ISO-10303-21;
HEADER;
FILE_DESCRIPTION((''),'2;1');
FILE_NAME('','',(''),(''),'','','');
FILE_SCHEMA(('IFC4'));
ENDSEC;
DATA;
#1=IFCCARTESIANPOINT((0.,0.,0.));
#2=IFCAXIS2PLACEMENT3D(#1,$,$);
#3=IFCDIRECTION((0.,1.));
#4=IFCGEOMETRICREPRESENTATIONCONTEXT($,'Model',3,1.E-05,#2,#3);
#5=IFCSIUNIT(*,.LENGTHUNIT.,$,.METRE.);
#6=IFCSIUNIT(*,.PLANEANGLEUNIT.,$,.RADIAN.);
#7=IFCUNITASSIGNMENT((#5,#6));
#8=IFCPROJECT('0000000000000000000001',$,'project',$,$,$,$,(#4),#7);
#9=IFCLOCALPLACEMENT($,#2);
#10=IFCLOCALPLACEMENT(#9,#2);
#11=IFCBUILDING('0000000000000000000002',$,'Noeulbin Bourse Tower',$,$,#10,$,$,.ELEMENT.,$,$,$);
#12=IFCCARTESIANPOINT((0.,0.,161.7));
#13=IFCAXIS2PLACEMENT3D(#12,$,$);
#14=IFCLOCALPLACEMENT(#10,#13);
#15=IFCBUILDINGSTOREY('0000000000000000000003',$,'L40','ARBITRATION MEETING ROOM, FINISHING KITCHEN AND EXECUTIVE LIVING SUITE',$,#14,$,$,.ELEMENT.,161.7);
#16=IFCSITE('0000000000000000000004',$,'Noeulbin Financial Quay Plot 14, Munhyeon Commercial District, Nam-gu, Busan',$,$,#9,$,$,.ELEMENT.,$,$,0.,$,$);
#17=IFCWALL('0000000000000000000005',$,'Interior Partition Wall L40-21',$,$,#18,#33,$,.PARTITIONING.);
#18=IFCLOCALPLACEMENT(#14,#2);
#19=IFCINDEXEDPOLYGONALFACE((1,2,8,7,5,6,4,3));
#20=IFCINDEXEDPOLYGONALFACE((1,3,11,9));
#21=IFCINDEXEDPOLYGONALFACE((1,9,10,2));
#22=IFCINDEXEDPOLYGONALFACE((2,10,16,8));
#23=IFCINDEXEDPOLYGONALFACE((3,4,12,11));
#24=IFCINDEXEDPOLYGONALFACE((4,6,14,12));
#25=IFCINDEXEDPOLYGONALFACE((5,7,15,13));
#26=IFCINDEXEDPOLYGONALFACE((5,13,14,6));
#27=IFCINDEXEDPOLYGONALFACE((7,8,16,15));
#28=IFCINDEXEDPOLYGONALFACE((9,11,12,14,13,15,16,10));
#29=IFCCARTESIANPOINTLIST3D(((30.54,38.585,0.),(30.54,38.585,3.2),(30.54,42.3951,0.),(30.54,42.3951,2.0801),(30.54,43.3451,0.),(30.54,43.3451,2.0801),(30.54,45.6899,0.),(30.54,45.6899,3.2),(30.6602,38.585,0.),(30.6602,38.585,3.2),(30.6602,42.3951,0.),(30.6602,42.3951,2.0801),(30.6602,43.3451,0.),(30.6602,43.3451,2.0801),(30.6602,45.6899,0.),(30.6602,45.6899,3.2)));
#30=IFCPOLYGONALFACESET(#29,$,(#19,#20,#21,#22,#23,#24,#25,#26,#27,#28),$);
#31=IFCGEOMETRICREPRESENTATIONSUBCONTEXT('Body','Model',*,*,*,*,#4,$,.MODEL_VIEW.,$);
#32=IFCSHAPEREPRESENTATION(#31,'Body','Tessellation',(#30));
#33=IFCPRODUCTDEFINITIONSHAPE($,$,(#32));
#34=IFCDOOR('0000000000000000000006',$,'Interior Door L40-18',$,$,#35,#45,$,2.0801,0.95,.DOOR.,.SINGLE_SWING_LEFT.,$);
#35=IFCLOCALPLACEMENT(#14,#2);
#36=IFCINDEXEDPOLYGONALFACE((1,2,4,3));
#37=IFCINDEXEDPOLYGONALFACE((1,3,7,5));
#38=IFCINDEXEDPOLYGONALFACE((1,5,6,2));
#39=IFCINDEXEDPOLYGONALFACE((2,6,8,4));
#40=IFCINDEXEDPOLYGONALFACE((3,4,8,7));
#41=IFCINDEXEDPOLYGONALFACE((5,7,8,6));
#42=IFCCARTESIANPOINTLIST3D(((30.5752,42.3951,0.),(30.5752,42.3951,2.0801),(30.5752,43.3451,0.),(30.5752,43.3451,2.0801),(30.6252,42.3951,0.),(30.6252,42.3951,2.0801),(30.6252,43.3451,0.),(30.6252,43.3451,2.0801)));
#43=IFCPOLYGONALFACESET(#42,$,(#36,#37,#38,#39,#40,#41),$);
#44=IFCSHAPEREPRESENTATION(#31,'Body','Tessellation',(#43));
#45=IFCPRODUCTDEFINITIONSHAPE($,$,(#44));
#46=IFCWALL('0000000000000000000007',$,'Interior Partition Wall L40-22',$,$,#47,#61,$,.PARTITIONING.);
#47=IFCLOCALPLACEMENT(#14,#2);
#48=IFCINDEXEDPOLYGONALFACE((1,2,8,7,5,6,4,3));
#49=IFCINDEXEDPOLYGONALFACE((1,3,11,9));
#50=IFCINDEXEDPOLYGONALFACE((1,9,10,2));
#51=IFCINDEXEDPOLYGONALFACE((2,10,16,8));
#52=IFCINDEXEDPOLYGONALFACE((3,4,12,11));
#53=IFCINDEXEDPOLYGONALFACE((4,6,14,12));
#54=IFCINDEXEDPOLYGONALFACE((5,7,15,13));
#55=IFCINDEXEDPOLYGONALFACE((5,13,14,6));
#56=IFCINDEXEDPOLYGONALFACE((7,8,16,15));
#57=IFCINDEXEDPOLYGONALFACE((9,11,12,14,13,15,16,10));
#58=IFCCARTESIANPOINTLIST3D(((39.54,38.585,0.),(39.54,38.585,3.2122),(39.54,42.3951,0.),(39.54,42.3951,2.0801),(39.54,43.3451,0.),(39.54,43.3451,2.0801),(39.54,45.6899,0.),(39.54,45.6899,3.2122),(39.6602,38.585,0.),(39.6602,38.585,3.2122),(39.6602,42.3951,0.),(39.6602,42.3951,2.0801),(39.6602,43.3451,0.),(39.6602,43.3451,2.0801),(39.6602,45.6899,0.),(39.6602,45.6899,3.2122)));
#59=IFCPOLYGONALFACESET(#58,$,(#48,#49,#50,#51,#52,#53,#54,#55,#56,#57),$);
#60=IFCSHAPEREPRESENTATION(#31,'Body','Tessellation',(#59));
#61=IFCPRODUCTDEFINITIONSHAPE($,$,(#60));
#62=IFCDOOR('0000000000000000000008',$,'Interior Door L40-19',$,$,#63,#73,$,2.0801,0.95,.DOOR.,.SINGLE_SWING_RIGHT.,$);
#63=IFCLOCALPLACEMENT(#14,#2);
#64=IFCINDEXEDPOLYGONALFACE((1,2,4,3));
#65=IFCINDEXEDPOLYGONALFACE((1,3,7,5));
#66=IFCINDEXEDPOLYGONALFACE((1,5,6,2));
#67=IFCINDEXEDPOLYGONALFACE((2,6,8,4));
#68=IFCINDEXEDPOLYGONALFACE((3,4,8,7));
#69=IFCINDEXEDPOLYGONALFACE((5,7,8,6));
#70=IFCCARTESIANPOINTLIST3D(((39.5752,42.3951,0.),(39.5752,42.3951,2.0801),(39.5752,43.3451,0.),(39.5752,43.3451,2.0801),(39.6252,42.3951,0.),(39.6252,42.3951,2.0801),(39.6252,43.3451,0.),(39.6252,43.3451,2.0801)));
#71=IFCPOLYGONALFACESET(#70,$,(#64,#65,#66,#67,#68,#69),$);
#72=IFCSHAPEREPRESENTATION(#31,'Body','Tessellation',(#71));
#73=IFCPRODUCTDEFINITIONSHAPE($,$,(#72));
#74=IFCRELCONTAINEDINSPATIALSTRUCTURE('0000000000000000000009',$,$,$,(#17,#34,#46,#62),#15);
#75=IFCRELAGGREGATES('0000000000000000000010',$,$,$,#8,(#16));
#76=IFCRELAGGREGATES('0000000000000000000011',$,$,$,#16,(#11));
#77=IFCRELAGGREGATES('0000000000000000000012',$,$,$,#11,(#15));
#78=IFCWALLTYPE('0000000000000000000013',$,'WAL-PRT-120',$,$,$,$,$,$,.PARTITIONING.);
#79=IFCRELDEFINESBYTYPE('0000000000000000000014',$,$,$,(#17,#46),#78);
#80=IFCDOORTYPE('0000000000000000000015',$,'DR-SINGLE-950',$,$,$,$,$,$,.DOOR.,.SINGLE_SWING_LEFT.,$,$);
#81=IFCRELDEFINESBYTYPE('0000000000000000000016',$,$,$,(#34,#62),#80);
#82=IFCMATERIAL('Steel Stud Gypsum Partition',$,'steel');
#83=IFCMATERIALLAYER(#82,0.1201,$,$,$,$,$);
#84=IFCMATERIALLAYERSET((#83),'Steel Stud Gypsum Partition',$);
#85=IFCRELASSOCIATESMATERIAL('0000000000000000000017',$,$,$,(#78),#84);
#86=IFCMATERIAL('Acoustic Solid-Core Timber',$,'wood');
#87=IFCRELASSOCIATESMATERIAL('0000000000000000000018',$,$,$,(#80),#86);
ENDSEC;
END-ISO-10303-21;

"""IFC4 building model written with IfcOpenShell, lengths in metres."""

from ifc_helpers import new_model, si_unit, direction, frame, frame_2d, origin, place, context, subcontext, project, spatial, rectangle, extrude, material, layer, layer_set, type_object, element, fill, save


model = new_model("IFC4")

# Units and contexts
model_context = context("Model", 3, precision=1e-05, world=origin(), true_north=direction((0.0, 1.0)))
body_context = subcontext(model_context, "Body", "Model", "MODEL_VIEW")
ifc_project = project(units=[si_unit("LENGTHUNIT", "METRE"), si_unit("PLANEANGLEUNIT", "RADIAN")], contexts=[model_context])

# Site, building, storey
site_placement = place(None, origin())
site = spatial("IfcSite", under=ifc_project, at=site_placement, Name="Noeulbin Financial Quay Plot 14, Munhyeon Commercial District, Nam-gu, Busan", CompositionType="ELEMENT", RefElevation=0.0)
building_placement = place(site_placement, origin())
building = spatial("IfcBuilding", under=site, at=building_placement, Name="Noeulbin Bourse Tower", CompositionType="ELEMENT")
storey_placement = place(building_placement, frame((0.0, 0.0, 161.7)))
storey = spatial("IfcBuildingStorey", under=building, at=storey_placement, Name="L40", Description="ARBITRATION MEETING ROOM, FINISHING KITCHEN AND EXECUTIVE LIVING SUITE", CompositionType="ELEMENT", Elevation=161.7)

# Walls, openings, doors
ifc_material_1 = material(Name="Steel Stud Gypsum Partition", Category="steel")
ifc_layer_1 = layer(ifc_material_1, 0.1201)
ifc_layer_set_1 = layer_set([ifc_layer_1], Name="Steel Stud Gypsum Partition")
wall_type = type_object("IfcWallType", Name="WAL-PRT-120", PredefinedType="PARTITIONING", material=ifc_layer_set_1)
wall_1_placement = place(storey_placement, frame((30.6001, 38.585, 0.0), z_axis=(0.0, 0.0, 1.0), x_axis=(0.0, 1.0, 0.0)))
wall_1 = element("IfcWall", 1, at=wall_1_placement, inside=storey, type_object=wall_type, Name="Interior Partition Wall L40-21", PredefinedType="PARTITIONING", context=body_context, shape_type="SweptSolid", body=[
    extrude(rectangle(XDim=7.105, YDim=0.1201, at=frame_2d((3.5525, 0.0))), origin(), (0.0, 0.0, 1.0), 3.2),
])
opening_1_placement = place(wall_1_placement, frame((3.8101, 0.0, 0.0)))
opening_1 = element("IfcOpeningElement", 2, at=opening_1_placement, cuts=wall_1, PredefinedType="OPENING", context=body_context, shape_type="SweptSolid", body=[
    extrude(rectangle(XDim=0.95, YDim=2.0801, at=frame_2d((0.4751, 1.04))), frame((0.0, 0.0701, 0.0), z_axis=(0.0, -1.0, 0.0), x_axis=(1.0, 0.0, 0.0)), (0.0, 0.0, 1.0), 0.1401),
])
ifc_material_2 = material(Name="Acoustic Solid-Core Timber", Category="wood")
door_type = type_object("IfcDoorType", Name="DR-SINGLE-950", OperationType="SINGLE_SWING_LEFT", PredefinedType="DOOR", material=ifc_material_2)
door_1_placement = place(opening_1_placement, origin())
door_1 = element("IfcDoor", 3, at=door_1_placement, inside=storey, type_object=door_type, Name="Interior Door L40-18", OperationType="SINGLE_SWING_LEFT", OverallHeight=2.0801, OverallWidth=0.95, PredefinedType="DOOR", context=body_context, shape_type="SweptSolid", body=[
    extrude(rectangle(XDim=0.95, YDim=2.0801, at=frame_2d((0.4751, 1.04))), frame((0.0, 0.0249, 0.0), z_axis=(0.0, -1.0, 0.0), x_axis=(1.0, 0.0, 0.0)), (0.0, 0.0, 1.0), 0.05),
])
fill(opening_1, door_1)
wall_2_placement = place(storey_placement, frame((39.6001, 38.585, 0.0), z_axis=(0.0, 0.0, 1.0), x_axis=(0.0, 1.0, 0.0)))
wall_2 = element("IfcWall", 4, at=wall_2_placement, inside=storey, type_object=wall_type, Name="Interior Partition Wall L40-22", PredefinedType="PARTITIONING", context=body_context, shape_type="SweptSolid", body=[
    extrude(rectangle(XDim=7.105, YDim=0.1201, at=frame_2d((3.5525, 0.0))), origin(), (0.0, 0.0, 1.0), 3.2122),
])
opening_2_placement = place(wall_2_placement, frame((3.8101, 0.0, 0.0)))
opening_2 = element("IfcOpeningElement", 5, at=opening_2_placement, cuts=wall_2, PredefinedType="OPENING", context=body_context, shape_type="SweptSolid", body=[
    extrude(rectangle(XDim=0.95, YDim=2.0801, at=frame_2d((0.4751, 1.04))), frame((0.0, 0.0701, 0.0), z_axis=(0.0, -1.0, 0.0), x_axis=(1.0, 0.0, 0.0)), (0.0, 0.0, 1.0), 0.1401),
])
door_2_placement = place(opening_2_placement, origin())
door_2 = element("IfcDoor", 6, at=door_2_placement, inside=storey, type_object=door_type, Name="Interior Door L40-19", OperationType="SINGLE_SWING_RIGHT", OverallHeight=2.0801, OverallWidth=0.95, PredefinedType="DOOR", context=body_context, shape_type="SweptSolid", body=[
    extrude(rectangle(XDim=0.95, YDim=2.0801, at=frame_2d((0.4751, 1.04))), frame((0.0, 0.0249, 0.0), z_axis=(0.0, -1.0, 0.0), x_axis=(1.0, 0.0, 0.0)), (0.0, 0.0, 1.0), 0.05),
])
fill(opening_2, door_2)

save(model, "model.ifc")
